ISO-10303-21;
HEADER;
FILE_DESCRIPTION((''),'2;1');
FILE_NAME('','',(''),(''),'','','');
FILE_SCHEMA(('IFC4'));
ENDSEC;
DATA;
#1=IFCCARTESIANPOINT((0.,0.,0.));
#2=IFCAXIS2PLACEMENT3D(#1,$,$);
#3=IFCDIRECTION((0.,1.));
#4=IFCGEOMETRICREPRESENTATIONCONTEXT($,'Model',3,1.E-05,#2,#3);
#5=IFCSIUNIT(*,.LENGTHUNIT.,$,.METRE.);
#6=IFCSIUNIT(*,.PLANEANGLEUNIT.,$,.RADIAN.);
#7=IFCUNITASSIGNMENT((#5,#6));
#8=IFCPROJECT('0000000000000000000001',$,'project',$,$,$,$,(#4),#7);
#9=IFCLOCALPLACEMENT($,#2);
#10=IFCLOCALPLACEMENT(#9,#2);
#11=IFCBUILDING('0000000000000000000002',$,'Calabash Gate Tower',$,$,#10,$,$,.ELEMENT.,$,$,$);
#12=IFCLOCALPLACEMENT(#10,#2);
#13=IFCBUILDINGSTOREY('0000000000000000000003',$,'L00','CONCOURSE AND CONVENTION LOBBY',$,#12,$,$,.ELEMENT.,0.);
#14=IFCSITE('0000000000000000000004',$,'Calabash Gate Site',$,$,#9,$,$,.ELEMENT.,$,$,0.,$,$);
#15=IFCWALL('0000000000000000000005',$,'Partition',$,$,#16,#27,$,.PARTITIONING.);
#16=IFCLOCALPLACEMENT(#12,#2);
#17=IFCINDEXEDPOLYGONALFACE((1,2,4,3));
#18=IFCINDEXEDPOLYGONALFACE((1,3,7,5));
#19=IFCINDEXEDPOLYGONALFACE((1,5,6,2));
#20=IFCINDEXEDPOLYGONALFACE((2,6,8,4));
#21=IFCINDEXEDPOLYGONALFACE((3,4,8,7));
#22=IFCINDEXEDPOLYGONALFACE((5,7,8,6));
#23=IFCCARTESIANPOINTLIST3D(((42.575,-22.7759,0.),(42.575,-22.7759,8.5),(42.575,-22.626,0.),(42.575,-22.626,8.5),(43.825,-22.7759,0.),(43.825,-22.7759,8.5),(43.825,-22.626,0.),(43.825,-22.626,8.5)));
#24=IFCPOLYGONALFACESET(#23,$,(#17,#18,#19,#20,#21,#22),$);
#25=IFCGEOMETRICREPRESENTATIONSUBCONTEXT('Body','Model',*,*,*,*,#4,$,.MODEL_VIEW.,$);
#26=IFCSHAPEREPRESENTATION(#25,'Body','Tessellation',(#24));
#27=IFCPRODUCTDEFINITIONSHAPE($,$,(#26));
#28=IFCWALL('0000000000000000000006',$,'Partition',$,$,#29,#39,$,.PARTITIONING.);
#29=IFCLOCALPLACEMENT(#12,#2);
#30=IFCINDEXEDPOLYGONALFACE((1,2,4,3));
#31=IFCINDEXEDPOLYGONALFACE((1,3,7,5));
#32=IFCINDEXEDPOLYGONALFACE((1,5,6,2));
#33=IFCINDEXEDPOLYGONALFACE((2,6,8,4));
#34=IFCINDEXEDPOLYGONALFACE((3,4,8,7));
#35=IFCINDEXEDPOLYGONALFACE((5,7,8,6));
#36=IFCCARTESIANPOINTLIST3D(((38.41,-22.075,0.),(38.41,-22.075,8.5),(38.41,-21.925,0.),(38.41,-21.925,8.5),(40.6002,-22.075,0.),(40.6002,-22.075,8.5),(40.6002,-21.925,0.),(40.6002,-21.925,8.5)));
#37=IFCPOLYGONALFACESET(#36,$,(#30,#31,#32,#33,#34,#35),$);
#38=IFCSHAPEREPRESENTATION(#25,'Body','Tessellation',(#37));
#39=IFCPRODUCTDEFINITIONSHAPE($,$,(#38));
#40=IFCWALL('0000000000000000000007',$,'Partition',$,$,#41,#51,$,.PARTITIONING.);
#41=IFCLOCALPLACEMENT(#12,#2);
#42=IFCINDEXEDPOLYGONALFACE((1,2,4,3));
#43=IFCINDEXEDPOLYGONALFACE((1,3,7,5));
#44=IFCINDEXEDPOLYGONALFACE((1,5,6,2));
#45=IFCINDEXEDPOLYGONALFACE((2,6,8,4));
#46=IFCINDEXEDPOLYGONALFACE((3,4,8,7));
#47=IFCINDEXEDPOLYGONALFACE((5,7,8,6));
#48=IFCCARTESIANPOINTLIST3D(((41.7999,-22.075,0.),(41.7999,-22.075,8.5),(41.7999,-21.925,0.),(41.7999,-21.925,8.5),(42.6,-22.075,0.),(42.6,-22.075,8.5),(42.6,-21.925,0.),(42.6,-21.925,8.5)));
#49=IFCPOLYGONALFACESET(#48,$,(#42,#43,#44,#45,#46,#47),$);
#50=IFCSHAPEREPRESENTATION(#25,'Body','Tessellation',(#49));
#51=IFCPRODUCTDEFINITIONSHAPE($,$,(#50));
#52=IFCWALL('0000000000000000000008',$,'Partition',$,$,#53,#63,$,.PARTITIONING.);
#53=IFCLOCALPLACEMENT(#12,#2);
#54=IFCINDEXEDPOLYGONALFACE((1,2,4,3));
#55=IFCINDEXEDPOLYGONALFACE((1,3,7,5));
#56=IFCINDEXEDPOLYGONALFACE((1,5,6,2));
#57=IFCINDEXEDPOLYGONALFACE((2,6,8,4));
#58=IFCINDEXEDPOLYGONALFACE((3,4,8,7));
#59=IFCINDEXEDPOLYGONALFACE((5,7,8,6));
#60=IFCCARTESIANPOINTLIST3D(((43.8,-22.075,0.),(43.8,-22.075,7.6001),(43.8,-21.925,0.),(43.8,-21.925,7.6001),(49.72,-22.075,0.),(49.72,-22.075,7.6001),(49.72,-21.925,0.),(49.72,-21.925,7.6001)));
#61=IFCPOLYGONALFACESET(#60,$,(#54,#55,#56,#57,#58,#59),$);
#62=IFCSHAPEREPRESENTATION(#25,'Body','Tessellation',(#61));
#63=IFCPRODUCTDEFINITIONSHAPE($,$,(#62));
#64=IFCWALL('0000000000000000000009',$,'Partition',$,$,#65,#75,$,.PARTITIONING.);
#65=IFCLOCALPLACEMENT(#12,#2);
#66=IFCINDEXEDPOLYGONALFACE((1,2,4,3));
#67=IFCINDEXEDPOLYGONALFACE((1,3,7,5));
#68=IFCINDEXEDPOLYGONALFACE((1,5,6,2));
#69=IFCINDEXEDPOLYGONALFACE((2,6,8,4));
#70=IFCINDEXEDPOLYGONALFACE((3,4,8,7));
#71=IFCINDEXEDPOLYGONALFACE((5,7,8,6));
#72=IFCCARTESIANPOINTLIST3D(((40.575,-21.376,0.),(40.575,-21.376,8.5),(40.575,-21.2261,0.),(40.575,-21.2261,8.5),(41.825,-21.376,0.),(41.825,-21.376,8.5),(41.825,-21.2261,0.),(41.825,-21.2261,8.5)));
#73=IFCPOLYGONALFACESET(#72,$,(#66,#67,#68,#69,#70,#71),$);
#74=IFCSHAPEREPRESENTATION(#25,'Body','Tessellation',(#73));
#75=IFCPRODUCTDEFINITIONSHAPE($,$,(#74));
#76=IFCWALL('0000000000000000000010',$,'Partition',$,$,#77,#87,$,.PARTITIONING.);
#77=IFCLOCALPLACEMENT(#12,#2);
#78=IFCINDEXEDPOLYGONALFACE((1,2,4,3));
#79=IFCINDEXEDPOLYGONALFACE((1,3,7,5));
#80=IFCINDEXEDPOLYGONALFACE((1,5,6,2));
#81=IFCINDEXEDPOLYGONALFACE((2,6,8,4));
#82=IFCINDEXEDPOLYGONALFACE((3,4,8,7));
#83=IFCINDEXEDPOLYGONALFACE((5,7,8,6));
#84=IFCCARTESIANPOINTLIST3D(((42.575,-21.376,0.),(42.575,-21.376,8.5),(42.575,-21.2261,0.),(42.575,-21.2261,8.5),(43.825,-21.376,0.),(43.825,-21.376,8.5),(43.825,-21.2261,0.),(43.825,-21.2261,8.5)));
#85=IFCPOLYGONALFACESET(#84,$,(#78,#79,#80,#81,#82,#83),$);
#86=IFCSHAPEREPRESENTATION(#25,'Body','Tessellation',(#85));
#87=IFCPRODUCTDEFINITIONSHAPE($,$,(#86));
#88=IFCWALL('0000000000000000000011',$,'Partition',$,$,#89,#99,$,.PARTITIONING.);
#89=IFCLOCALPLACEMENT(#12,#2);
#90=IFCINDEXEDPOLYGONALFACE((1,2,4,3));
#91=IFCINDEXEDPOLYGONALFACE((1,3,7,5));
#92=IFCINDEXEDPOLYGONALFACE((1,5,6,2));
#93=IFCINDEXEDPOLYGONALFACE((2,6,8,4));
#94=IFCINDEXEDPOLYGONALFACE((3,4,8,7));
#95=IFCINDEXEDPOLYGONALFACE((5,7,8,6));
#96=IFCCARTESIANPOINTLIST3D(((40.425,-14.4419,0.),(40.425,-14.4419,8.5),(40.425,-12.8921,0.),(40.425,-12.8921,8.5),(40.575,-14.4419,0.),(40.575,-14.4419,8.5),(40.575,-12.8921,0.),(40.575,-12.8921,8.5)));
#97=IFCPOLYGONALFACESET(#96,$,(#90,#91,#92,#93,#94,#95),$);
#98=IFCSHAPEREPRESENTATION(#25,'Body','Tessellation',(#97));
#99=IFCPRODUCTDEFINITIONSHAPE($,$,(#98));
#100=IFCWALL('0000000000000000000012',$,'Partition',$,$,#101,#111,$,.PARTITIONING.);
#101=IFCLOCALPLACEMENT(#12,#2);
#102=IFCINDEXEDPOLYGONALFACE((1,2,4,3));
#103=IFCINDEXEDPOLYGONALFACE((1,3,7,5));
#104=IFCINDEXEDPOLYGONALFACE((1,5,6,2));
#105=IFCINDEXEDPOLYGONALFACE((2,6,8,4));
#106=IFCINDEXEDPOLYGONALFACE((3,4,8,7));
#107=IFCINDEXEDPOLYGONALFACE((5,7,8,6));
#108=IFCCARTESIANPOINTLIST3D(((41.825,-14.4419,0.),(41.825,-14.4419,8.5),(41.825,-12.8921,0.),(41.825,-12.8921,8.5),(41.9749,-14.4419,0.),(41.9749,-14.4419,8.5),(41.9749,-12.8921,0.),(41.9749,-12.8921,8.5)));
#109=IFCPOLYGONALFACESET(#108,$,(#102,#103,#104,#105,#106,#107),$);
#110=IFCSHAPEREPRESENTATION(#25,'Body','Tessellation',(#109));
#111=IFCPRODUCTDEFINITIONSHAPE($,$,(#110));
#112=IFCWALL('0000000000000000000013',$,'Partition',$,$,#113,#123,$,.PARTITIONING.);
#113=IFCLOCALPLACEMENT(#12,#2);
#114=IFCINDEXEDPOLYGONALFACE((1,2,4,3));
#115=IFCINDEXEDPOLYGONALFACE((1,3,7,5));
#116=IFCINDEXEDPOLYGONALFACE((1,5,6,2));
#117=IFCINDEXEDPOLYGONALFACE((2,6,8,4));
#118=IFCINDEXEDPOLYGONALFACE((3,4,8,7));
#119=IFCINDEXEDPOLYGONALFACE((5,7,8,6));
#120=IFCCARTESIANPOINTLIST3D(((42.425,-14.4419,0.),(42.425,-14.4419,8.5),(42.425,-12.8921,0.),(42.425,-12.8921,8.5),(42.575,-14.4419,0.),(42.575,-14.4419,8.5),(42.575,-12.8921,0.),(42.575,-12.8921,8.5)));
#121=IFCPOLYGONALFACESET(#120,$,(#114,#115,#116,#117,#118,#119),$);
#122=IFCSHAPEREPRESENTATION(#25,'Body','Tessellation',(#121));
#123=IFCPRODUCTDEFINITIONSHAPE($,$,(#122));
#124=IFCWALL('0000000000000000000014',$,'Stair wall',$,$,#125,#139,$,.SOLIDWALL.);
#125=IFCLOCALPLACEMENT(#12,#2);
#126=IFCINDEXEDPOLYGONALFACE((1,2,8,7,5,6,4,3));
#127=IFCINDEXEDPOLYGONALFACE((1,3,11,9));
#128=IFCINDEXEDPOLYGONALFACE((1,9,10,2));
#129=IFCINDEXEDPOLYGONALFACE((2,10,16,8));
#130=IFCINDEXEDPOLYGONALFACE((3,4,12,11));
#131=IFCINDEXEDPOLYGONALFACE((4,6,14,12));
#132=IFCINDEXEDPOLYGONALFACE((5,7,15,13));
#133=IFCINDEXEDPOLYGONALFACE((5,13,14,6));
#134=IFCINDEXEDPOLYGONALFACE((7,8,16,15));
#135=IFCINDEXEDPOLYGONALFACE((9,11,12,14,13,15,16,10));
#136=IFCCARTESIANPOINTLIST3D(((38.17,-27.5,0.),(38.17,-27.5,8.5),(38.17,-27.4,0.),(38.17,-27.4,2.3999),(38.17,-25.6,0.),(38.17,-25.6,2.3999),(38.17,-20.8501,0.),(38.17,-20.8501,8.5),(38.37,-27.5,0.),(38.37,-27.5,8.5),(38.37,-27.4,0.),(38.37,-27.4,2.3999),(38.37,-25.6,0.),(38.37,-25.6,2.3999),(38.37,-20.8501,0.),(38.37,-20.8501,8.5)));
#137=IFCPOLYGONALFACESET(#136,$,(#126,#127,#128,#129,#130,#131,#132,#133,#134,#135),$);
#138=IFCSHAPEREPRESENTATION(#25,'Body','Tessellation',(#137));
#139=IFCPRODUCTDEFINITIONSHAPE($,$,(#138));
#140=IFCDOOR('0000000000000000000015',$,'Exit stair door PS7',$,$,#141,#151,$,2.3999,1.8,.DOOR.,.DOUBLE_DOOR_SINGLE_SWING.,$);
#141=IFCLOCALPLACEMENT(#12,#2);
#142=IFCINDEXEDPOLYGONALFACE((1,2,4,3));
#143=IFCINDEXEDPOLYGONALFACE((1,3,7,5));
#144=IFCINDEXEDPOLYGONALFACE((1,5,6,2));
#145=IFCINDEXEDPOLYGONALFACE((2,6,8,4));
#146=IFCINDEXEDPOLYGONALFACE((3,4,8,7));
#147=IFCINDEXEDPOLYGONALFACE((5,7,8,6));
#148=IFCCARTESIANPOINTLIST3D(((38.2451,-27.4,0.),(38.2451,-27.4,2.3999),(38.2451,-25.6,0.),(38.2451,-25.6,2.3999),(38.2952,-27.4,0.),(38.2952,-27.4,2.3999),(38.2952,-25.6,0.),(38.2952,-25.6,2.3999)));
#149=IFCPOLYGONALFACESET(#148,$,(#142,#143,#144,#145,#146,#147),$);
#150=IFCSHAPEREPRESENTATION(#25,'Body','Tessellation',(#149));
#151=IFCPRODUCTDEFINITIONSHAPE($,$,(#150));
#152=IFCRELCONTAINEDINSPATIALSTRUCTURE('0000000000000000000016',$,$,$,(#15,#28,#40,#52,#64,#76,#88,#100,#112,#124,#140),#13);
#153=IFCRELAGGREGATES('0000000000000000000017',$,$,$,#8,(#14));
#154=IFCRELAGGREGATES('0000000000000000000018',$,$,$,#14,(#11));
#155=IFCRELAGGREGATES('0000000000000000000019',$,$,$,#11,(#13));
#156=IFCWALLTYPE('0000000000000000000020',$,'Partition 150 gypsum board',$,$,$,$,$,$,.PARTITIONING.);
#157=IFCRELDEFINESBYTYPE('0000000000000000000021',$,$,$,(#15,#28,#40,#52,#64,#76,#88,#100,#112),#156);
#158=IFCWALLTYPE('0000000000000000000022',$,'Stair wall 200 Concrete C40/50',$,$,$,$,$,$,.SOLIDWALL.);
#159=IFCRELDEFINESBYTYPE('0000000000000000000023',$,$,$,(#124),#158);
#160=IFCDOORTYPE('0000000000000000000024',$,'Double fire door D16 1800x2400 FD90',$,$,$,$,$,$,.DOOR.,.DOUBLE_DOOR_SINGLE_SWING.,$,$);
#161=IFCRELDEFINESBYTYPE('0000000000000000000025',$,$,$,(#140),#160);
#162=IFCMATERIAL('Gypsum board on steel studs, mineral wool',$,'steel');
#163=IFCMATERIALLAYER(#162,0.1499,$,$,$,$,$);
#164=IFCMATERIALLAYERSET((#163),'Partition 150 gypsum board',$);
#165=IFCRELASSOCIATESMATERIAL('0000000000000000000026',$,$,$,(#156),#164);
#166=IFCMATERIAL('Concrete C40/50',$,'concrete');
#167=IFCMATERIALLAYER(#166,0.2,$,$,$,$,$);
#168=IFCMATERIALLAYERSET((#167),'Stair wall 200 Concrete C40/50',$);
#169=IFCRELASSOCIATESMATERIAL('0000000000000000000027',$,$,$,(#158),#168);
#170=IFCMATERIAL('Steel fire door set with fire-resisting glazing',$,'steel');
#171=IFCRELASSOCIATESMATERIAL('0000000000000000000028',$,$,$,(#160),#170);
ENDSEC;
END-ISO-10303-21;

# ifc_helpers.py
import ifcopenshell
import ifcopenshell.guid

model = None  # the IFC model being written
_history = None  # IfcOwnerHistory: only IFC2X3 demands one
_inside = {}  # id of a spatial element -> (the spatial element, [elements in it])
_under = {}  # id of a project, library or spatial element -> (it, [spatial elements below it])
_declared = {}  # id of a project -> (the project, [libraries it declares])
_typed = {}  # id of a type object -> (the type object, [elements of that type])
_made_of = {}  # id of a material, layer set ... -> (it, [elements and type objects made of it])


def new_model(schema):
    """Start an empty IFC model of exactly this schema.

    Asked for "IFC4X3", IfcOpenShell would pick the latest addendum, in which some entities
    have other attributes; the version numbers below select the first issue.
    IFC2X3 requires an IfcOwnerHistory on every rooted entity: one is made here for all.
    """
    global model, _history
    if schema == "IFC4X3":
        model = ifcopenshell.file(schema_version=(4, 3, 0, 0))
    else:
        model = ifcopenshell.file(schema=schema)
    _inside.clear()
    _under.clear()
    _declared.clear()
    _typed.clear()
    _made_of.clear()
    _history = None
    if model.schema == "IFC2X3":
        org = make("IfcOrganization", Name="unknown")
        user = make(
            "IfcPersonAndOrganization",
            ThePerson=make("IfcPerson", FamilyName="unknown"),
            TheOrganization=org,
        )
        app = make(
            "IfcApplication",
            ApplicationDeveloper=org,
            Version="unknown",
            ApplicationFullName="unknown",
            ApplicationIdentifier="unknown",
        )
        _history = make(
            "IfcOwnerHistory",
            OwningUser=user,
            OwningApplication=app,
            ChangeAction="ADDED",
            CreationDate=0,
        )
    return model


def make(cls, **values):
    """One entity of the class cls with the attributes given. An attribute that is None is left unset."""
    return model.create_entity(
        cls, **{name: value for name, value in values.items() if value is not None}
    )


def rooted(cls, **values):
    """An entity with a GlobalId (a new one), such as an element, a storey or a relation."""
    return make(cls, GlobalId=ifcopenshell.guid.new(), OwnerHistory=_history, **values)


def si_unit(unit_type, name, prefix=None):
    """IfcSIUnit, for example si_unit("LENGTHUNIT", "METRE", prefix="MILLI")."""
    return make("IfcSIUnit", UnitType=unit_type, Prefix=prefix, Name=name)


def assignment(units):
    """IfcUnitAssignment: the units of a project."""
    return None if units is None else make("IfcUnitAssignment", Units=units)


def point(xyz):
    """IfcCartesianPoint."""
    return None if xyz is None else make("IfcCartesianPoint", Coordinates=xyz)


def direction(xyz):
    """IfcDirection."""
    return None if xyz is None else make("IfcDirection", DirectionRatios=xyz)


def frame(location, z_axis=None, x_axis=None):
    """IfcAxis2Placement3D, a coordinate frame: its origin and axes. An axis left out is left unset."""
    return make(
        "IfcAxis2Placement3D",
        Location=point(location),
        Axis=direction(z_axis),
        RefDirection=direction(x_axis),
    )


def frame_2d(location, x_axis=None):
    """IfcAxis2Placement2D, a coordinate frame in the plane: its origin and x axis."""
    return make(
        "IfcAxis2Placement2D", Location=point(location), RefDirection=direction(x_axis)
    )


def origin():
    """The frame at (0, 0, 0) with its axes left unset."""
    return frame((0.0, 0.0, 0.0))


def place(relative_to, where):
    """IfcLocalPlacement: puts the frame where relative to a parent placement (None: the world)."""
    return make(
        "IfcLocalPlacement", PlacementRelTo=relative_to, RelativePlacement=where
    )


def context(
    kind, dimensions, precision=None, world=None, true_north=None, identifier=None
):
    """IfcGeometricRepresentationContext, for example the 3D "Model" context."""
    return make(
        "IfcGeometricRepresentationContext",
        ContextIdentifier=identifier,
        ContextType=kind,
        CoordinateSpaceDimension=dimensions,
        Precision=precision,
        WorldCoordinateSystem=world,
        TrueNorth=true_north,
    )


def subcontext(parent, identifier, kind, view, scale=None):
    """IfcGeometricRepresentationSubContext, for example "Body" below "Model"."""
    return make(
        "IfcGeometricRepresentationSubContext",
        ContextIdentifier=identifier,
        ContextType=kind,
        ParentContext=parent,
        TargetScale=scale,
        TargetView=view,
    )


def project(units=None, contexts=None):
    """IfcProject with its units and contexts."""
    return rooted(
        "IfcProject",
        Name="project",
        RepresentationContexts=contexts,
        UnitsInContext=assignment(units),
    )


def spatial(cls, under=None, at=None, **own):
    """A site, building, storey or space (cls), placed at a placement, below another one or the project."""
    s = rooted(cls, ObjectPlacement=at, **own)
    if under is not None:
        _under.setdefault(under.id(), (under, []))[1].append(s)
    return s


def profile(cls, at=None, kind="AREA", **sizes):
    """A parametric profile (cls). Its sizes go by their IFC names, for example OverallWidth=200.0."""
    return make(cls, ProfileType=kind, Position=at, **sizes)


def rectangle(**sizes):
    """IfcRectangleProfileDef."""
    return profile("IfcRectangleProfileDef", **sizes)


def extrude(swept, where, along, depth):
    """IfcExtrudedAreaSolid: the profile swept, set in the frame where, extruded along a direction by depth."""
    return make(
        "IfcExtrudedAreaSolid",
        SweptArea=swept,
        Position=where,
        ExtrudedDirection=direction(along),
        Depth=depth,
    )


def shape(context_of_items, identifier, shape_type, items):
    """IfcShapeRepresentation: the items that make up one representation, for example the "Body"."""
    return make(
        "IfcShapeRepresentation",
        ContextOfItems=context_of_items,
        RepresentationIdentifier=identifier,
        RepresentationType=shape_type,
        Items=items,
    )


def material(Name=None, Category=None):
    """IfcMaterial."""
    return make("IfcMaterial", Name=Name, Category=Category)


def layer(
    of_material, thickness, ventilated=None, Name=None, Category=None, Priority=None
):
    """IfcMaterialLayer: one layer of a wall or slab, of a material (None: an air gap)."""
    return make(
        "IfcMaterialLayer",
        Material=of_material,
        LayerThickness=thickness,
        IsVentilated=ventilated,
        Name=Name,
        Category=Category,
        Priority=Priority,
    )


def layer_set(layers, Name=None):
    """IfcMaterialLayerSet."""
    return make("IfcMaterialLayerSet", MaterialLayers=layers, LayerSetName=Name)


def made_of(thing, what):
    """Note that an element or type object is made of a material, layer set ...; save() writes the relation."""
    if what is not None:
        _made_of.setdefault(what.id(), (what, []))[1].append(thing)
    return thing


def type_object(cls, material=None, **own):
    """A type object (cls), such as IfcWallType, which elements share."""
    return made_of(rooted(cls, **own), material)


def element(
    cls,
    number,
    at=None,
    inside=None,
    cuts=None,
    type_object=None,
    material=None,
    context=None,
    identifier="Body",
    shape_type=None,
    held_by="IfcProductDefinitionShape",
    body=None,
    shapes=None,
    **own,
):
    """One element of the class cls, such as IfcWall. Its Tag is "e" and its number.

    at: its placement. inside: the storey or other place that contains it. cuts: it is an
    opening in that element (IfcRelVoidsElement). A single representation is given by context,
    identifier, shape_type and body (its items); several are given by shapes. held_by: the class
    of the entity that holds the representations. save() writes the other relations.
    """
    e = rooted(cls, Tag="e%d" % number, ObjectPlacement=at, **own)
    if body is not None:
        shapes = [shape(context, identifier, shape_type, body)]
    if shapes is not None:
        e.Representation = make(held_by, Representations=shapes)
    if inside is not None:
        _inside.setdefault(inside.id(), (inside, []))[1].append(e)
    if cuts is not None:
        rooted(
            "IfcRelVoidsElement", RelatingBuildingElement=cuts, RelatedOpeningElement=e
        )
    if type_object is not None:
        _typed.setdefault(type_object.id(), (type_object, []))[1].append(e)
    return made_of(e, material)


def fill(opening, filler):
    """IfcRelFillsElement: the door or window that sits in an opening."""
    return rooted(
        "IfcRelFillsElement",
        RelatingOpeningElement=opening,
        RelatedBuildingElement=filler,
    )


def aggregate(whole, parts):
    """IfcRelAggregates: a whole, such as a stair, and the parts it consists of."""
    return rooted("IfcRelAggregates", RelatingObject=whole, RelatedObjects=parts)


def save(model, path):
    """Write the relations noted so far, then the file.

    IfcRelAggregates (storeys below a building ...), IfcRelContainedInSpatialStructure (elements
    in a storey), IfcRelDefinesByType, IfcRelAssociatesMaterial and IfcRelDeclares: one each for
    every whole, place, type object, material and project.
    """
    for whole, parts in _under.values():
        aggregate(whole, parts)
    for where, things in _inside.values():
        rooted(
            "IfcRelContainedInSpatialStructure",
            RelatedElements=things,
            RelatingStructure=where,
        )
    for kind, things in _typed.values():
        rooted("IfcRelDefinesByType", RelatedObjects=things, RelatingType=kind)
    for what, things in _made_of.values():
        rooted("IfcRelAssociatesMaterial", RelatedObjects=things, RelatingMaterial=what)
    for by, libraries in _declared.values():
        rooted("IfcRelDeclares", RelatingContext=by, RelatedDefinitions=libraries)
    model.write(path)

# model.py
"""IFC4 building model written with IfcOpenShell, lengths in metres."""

from ifc_helpers import new_model, si_unit, direction, frame, frame_2d, origin, place, context, subcontext, project, spatial, rectangle, extrude, material, layer, layer_set, type_object, element, fill, save


model = new_model("IFC4")

# Units and contexts
model_context = context("Model", 3, precision=1e-05, world=origin(), true_north=direction((0.0, 1.0)))
body_context = subcontext(model_context, "Body", "Model", "MODEL_VIEW")
ifc_project = project(units=[si_unit("LENGTHUNIT", "METRE"), si_unit("PLANEANGLEUNIT", "RADIAN")], contexts=[model_context])

# Site, building, storey
site_placement = place(None, origin())
site = spatial("IfcSite", under=ifc_project, at=site_placement, Name="Calabash Gate Site", CompositionType="ELEMENT", RefElevation=0.0)
building_placement = place(site_placement, origin())
building = spatial("IfcBuilding", under=site, at=building_placement, Name="Calabash Gate Tower", CompositionType="ELEMENT")
storey_placement = place(building_placement, origin())
storey = spatial("IfcBuildingStorey", under=building, at=storey_placement, Name="L00", Description="CONCOURSE AND CONVENTION LOBBY", CompositionType="ELEMENT", Elevation=0.0)

# Shared definitions
ifc_material_1 = material(Name="Gypsum board on steel studs, mineral wool", Category="steel")
ifc_layer_1 = layer(ifc_material_1, 0.1499)
ifc_layer_set_1 = layer_set([ifc_layer_1], Name="Partition 150 gypsum board")
wall_type_1 = type_object("IfcWallType", Name="Partition 150 gypsum board", PredefinedType="PARTITIONING", material=ifc_layer_set_1)

# Walls
wall_1_placement = place(storey_placement, frame((42.575, -22.7009, 0.0), z_axis=(0.0, 0.0, 1.0), x_axis=(1.0, 0.0, 0.0)))
element("IfcWall", 1, at=wall_1_placement, inside=storey, type_object=wall_type_1, Name="Partition", PredefinedType="PARTITIONING", context=body_context, shape_type="SweptSolid", body=[
    extrude(rectangle(XDim=1.25, YDim=0.1499, at=frame_2d((0.625, 0.0))), origin(), (0.0, 0.0, 1.0), 8.5),
])
wall_2_placement = place(storey_placement, frame((38.4099, -22.0, 0.0), z_axis=(0.0, 0.0, 1.0), x_axis=(1.0, 0.0, 0.0)))
element("IfcWall", 2, at=wall_2_placement, inside=storey, type_object=wall_type_1, Name="Partition", PredefinedType="PARTITIONING", context=body_context, shape_type="SweptSolid", body=[
    extrude(rectangle(XDim=2.1902, YDim=0.1499, at=frame_2d((1.0952, 0.0))), origin(), (0.0, 0.0, 1.0), 8.5),
])
wall_3_placement = place(storey_placement, frame((41.8, -22.0, 0.0), z_axis=(0.0, 0.0, 1.0), x_axis=(1.0, 0.0, 0.0)))
element("IfcWall", 3, at=wall_3_placement, inside=storey, type_object=wall_type_1, Name="Partition", PredefinedType="PARTITIONING", context=body_context, shape_type="SweptSolid", body=[
    extrude(rectangle(XDim=0.8, YDim=0.1499, at=frame_2d((0.3999, 0.0))), origin(), (0.0, 0.0, 1.0), 8.5),
])
wall_4_placement = place(storey_placement, frame((43.8, -22.0, 0.0), z_axis=(0.0, 0.0, 1.0), x_axis=(1.0, 0.0, 0.0)))
element("IfcWall", 4, at=wall_4_placement, inside=storey, type_object=wall_type_1, Name="Partition", PredefinedType="PARTITIONING", context=body_context, shape_type="SweptSolid", body=[
    extrude(rectangle(XDim=5.9199, YDim=0.1499, at=frame_2d((2.96, 0.0))), origin(), (0.0, 0.0, 1.0), 7.6001),
])
for number, where, z_axis, x_axis, name in (
    (5, (40.575, -21.301, 0.0), (0.0, 0.0, 1.0), (1.0, 0.0, 0.0), "Partition"),
    (6, (42.575, -21.301, 0.0), (0.0, 0.0, 1.0), (1.0, 0.0, 0.0), "Partition"),
):
    element("IfcWall", number, at=place(storey_placement, frame(where, z_axis=z_axis, x_axis=x_axis)), inside=storey, type_object=wall_type_1, Name=name, PredefinedType="PARTITIONING", context=body_context, shape_type="SweptSolid", body=[
        extrude(rectangle(XDim=1.25, YDim=0.1499, at=frame_2d((0.625, 0.0))), origin(), (0.0, 0.0, 1.0), 8.5),
    ])
for number, where, z_axis, x_axis, name in (
    (7, (40.5, -14.4419, 0.0), (0.0, 0.0, 1.0), (0.0, 1.0, 0.0), "Partition"),
    (8, (41.8999, -14.4419, 0.0), (0.0, 0.0, 1.0), (0.0, 1.0, 0.0), "Partition"),
    (9, (42.5, -14.4419, 0.0), (0.0, 0.0, 1.0), (0.0, 1.0, 0.0), "Partition"),
):
    element("IfcWall", number, at=place(storey_placement, frame(where, z_axis=z_axis, x_axis=x_axis)), inside=storey, type_object=wall_type_1, Name=name, PredefinedType="PARTITIONING", context=body_context, shape_type="SweptSolid", body=[
        extrude(rectangle(XDim=1.5498, YDim=0.1499, at=frame_2d((0.7749, 0.0))), origin(), (0.0, 0.0, 1.0), 8.5),
    ])

# Wall, opening, door
ifc_material_2 = material(Name="Concrete C40/50", Category="concrete")
ifc_layer_2 = layer(ifc_material_2, 0.2)
ifc_layer_set_2 = layer_set([ifc_layer_2], Name="Stair wall 200 Concrete C40/50")
wall_type_2 = type_object("IfcWallType", Name="Stair wall 200 Concrete C40/50", PredefinedType="SOLIDWALL", material=ifc_layer_set_2)
wall_5_placement = place(storey_placement, frame((38.27, -27.5, 0.0), z_axis=(0.0, 0.0, 1.0), x_axis=(0.0, 1.0, 0.0)))
wall_5 = element("IfcWall", 10, at=wall_5_placement, inside=storey, type_object=wall_type_2, Name="Stair wall", PredefinedType="SOLIDWALL", context=body_context, shape_type="SweptSolid", body=[
    extrude(rectangle(XDim=6.6499, YDim=0.2, at=frame_2d((3.325, 0.0))), origin(), (0.0, 0.0, 1.0), 8.5),
])
opening_1_placement = place(wall_5_placement, frame((0.1001, 0.0, 0.0)))
opening_1 = element("IfcOpeningElement", 11, at=opening_1_placement, cuts=wall_5, PredefinedType="OPENING", context=body_context, shape_type="SweptSolid", body=[
    extrude(rectangle(XDim=1.8, YDim=2.3999, at=frame_2d((0.8999, 1.2))), frame((0.0, 0.1099, 0.0), z_axis=(0.0, -1.0, 0.0), x_axis=(1.0, 0.0, 0.0)), (0.0, 0.0, 1.0), 0.22),
])
ifc_material_3 = material(Name="Steel fire door set with fire-resisting glazing", Category="steel")
door_type_1 = type_object("IfcDoorType", Name="Double fire door D16 1800x2400 FD90", OperationType="DOUBLE_DOOR_SINGLE_SWING", PredefinedType="DOOR", material=ifc_material_3)
door_1_placement = place(opening_1_placement, origin())
door_1 = element("IfcDoor", 12, at=door_1_placement, inside=storey, type_object=door_type_1, Name="Exit stair door PS7", OperationType="DOUBLE_DOOR_SINGLE_SWING", OverallHeight=2.3999, OverallWidth=1.8, PredefinedType="DOOR", context=body_context, shape_type="SweptSolid", body=[
    extrude(rectangle(XDim=1.8, YDim=2.3999, at=frame_2d((0.8999, 1.2))), frame((0.0, 0.0249, 0.0), z_axis=(0.0, -1.0, 0.0), x_axis=(1.0, 0.0, 0.0)), (0.0, 0.0, 1.0), 0.05),
])
fill(opening_1, door_1)

save(model, "model.ifc")
